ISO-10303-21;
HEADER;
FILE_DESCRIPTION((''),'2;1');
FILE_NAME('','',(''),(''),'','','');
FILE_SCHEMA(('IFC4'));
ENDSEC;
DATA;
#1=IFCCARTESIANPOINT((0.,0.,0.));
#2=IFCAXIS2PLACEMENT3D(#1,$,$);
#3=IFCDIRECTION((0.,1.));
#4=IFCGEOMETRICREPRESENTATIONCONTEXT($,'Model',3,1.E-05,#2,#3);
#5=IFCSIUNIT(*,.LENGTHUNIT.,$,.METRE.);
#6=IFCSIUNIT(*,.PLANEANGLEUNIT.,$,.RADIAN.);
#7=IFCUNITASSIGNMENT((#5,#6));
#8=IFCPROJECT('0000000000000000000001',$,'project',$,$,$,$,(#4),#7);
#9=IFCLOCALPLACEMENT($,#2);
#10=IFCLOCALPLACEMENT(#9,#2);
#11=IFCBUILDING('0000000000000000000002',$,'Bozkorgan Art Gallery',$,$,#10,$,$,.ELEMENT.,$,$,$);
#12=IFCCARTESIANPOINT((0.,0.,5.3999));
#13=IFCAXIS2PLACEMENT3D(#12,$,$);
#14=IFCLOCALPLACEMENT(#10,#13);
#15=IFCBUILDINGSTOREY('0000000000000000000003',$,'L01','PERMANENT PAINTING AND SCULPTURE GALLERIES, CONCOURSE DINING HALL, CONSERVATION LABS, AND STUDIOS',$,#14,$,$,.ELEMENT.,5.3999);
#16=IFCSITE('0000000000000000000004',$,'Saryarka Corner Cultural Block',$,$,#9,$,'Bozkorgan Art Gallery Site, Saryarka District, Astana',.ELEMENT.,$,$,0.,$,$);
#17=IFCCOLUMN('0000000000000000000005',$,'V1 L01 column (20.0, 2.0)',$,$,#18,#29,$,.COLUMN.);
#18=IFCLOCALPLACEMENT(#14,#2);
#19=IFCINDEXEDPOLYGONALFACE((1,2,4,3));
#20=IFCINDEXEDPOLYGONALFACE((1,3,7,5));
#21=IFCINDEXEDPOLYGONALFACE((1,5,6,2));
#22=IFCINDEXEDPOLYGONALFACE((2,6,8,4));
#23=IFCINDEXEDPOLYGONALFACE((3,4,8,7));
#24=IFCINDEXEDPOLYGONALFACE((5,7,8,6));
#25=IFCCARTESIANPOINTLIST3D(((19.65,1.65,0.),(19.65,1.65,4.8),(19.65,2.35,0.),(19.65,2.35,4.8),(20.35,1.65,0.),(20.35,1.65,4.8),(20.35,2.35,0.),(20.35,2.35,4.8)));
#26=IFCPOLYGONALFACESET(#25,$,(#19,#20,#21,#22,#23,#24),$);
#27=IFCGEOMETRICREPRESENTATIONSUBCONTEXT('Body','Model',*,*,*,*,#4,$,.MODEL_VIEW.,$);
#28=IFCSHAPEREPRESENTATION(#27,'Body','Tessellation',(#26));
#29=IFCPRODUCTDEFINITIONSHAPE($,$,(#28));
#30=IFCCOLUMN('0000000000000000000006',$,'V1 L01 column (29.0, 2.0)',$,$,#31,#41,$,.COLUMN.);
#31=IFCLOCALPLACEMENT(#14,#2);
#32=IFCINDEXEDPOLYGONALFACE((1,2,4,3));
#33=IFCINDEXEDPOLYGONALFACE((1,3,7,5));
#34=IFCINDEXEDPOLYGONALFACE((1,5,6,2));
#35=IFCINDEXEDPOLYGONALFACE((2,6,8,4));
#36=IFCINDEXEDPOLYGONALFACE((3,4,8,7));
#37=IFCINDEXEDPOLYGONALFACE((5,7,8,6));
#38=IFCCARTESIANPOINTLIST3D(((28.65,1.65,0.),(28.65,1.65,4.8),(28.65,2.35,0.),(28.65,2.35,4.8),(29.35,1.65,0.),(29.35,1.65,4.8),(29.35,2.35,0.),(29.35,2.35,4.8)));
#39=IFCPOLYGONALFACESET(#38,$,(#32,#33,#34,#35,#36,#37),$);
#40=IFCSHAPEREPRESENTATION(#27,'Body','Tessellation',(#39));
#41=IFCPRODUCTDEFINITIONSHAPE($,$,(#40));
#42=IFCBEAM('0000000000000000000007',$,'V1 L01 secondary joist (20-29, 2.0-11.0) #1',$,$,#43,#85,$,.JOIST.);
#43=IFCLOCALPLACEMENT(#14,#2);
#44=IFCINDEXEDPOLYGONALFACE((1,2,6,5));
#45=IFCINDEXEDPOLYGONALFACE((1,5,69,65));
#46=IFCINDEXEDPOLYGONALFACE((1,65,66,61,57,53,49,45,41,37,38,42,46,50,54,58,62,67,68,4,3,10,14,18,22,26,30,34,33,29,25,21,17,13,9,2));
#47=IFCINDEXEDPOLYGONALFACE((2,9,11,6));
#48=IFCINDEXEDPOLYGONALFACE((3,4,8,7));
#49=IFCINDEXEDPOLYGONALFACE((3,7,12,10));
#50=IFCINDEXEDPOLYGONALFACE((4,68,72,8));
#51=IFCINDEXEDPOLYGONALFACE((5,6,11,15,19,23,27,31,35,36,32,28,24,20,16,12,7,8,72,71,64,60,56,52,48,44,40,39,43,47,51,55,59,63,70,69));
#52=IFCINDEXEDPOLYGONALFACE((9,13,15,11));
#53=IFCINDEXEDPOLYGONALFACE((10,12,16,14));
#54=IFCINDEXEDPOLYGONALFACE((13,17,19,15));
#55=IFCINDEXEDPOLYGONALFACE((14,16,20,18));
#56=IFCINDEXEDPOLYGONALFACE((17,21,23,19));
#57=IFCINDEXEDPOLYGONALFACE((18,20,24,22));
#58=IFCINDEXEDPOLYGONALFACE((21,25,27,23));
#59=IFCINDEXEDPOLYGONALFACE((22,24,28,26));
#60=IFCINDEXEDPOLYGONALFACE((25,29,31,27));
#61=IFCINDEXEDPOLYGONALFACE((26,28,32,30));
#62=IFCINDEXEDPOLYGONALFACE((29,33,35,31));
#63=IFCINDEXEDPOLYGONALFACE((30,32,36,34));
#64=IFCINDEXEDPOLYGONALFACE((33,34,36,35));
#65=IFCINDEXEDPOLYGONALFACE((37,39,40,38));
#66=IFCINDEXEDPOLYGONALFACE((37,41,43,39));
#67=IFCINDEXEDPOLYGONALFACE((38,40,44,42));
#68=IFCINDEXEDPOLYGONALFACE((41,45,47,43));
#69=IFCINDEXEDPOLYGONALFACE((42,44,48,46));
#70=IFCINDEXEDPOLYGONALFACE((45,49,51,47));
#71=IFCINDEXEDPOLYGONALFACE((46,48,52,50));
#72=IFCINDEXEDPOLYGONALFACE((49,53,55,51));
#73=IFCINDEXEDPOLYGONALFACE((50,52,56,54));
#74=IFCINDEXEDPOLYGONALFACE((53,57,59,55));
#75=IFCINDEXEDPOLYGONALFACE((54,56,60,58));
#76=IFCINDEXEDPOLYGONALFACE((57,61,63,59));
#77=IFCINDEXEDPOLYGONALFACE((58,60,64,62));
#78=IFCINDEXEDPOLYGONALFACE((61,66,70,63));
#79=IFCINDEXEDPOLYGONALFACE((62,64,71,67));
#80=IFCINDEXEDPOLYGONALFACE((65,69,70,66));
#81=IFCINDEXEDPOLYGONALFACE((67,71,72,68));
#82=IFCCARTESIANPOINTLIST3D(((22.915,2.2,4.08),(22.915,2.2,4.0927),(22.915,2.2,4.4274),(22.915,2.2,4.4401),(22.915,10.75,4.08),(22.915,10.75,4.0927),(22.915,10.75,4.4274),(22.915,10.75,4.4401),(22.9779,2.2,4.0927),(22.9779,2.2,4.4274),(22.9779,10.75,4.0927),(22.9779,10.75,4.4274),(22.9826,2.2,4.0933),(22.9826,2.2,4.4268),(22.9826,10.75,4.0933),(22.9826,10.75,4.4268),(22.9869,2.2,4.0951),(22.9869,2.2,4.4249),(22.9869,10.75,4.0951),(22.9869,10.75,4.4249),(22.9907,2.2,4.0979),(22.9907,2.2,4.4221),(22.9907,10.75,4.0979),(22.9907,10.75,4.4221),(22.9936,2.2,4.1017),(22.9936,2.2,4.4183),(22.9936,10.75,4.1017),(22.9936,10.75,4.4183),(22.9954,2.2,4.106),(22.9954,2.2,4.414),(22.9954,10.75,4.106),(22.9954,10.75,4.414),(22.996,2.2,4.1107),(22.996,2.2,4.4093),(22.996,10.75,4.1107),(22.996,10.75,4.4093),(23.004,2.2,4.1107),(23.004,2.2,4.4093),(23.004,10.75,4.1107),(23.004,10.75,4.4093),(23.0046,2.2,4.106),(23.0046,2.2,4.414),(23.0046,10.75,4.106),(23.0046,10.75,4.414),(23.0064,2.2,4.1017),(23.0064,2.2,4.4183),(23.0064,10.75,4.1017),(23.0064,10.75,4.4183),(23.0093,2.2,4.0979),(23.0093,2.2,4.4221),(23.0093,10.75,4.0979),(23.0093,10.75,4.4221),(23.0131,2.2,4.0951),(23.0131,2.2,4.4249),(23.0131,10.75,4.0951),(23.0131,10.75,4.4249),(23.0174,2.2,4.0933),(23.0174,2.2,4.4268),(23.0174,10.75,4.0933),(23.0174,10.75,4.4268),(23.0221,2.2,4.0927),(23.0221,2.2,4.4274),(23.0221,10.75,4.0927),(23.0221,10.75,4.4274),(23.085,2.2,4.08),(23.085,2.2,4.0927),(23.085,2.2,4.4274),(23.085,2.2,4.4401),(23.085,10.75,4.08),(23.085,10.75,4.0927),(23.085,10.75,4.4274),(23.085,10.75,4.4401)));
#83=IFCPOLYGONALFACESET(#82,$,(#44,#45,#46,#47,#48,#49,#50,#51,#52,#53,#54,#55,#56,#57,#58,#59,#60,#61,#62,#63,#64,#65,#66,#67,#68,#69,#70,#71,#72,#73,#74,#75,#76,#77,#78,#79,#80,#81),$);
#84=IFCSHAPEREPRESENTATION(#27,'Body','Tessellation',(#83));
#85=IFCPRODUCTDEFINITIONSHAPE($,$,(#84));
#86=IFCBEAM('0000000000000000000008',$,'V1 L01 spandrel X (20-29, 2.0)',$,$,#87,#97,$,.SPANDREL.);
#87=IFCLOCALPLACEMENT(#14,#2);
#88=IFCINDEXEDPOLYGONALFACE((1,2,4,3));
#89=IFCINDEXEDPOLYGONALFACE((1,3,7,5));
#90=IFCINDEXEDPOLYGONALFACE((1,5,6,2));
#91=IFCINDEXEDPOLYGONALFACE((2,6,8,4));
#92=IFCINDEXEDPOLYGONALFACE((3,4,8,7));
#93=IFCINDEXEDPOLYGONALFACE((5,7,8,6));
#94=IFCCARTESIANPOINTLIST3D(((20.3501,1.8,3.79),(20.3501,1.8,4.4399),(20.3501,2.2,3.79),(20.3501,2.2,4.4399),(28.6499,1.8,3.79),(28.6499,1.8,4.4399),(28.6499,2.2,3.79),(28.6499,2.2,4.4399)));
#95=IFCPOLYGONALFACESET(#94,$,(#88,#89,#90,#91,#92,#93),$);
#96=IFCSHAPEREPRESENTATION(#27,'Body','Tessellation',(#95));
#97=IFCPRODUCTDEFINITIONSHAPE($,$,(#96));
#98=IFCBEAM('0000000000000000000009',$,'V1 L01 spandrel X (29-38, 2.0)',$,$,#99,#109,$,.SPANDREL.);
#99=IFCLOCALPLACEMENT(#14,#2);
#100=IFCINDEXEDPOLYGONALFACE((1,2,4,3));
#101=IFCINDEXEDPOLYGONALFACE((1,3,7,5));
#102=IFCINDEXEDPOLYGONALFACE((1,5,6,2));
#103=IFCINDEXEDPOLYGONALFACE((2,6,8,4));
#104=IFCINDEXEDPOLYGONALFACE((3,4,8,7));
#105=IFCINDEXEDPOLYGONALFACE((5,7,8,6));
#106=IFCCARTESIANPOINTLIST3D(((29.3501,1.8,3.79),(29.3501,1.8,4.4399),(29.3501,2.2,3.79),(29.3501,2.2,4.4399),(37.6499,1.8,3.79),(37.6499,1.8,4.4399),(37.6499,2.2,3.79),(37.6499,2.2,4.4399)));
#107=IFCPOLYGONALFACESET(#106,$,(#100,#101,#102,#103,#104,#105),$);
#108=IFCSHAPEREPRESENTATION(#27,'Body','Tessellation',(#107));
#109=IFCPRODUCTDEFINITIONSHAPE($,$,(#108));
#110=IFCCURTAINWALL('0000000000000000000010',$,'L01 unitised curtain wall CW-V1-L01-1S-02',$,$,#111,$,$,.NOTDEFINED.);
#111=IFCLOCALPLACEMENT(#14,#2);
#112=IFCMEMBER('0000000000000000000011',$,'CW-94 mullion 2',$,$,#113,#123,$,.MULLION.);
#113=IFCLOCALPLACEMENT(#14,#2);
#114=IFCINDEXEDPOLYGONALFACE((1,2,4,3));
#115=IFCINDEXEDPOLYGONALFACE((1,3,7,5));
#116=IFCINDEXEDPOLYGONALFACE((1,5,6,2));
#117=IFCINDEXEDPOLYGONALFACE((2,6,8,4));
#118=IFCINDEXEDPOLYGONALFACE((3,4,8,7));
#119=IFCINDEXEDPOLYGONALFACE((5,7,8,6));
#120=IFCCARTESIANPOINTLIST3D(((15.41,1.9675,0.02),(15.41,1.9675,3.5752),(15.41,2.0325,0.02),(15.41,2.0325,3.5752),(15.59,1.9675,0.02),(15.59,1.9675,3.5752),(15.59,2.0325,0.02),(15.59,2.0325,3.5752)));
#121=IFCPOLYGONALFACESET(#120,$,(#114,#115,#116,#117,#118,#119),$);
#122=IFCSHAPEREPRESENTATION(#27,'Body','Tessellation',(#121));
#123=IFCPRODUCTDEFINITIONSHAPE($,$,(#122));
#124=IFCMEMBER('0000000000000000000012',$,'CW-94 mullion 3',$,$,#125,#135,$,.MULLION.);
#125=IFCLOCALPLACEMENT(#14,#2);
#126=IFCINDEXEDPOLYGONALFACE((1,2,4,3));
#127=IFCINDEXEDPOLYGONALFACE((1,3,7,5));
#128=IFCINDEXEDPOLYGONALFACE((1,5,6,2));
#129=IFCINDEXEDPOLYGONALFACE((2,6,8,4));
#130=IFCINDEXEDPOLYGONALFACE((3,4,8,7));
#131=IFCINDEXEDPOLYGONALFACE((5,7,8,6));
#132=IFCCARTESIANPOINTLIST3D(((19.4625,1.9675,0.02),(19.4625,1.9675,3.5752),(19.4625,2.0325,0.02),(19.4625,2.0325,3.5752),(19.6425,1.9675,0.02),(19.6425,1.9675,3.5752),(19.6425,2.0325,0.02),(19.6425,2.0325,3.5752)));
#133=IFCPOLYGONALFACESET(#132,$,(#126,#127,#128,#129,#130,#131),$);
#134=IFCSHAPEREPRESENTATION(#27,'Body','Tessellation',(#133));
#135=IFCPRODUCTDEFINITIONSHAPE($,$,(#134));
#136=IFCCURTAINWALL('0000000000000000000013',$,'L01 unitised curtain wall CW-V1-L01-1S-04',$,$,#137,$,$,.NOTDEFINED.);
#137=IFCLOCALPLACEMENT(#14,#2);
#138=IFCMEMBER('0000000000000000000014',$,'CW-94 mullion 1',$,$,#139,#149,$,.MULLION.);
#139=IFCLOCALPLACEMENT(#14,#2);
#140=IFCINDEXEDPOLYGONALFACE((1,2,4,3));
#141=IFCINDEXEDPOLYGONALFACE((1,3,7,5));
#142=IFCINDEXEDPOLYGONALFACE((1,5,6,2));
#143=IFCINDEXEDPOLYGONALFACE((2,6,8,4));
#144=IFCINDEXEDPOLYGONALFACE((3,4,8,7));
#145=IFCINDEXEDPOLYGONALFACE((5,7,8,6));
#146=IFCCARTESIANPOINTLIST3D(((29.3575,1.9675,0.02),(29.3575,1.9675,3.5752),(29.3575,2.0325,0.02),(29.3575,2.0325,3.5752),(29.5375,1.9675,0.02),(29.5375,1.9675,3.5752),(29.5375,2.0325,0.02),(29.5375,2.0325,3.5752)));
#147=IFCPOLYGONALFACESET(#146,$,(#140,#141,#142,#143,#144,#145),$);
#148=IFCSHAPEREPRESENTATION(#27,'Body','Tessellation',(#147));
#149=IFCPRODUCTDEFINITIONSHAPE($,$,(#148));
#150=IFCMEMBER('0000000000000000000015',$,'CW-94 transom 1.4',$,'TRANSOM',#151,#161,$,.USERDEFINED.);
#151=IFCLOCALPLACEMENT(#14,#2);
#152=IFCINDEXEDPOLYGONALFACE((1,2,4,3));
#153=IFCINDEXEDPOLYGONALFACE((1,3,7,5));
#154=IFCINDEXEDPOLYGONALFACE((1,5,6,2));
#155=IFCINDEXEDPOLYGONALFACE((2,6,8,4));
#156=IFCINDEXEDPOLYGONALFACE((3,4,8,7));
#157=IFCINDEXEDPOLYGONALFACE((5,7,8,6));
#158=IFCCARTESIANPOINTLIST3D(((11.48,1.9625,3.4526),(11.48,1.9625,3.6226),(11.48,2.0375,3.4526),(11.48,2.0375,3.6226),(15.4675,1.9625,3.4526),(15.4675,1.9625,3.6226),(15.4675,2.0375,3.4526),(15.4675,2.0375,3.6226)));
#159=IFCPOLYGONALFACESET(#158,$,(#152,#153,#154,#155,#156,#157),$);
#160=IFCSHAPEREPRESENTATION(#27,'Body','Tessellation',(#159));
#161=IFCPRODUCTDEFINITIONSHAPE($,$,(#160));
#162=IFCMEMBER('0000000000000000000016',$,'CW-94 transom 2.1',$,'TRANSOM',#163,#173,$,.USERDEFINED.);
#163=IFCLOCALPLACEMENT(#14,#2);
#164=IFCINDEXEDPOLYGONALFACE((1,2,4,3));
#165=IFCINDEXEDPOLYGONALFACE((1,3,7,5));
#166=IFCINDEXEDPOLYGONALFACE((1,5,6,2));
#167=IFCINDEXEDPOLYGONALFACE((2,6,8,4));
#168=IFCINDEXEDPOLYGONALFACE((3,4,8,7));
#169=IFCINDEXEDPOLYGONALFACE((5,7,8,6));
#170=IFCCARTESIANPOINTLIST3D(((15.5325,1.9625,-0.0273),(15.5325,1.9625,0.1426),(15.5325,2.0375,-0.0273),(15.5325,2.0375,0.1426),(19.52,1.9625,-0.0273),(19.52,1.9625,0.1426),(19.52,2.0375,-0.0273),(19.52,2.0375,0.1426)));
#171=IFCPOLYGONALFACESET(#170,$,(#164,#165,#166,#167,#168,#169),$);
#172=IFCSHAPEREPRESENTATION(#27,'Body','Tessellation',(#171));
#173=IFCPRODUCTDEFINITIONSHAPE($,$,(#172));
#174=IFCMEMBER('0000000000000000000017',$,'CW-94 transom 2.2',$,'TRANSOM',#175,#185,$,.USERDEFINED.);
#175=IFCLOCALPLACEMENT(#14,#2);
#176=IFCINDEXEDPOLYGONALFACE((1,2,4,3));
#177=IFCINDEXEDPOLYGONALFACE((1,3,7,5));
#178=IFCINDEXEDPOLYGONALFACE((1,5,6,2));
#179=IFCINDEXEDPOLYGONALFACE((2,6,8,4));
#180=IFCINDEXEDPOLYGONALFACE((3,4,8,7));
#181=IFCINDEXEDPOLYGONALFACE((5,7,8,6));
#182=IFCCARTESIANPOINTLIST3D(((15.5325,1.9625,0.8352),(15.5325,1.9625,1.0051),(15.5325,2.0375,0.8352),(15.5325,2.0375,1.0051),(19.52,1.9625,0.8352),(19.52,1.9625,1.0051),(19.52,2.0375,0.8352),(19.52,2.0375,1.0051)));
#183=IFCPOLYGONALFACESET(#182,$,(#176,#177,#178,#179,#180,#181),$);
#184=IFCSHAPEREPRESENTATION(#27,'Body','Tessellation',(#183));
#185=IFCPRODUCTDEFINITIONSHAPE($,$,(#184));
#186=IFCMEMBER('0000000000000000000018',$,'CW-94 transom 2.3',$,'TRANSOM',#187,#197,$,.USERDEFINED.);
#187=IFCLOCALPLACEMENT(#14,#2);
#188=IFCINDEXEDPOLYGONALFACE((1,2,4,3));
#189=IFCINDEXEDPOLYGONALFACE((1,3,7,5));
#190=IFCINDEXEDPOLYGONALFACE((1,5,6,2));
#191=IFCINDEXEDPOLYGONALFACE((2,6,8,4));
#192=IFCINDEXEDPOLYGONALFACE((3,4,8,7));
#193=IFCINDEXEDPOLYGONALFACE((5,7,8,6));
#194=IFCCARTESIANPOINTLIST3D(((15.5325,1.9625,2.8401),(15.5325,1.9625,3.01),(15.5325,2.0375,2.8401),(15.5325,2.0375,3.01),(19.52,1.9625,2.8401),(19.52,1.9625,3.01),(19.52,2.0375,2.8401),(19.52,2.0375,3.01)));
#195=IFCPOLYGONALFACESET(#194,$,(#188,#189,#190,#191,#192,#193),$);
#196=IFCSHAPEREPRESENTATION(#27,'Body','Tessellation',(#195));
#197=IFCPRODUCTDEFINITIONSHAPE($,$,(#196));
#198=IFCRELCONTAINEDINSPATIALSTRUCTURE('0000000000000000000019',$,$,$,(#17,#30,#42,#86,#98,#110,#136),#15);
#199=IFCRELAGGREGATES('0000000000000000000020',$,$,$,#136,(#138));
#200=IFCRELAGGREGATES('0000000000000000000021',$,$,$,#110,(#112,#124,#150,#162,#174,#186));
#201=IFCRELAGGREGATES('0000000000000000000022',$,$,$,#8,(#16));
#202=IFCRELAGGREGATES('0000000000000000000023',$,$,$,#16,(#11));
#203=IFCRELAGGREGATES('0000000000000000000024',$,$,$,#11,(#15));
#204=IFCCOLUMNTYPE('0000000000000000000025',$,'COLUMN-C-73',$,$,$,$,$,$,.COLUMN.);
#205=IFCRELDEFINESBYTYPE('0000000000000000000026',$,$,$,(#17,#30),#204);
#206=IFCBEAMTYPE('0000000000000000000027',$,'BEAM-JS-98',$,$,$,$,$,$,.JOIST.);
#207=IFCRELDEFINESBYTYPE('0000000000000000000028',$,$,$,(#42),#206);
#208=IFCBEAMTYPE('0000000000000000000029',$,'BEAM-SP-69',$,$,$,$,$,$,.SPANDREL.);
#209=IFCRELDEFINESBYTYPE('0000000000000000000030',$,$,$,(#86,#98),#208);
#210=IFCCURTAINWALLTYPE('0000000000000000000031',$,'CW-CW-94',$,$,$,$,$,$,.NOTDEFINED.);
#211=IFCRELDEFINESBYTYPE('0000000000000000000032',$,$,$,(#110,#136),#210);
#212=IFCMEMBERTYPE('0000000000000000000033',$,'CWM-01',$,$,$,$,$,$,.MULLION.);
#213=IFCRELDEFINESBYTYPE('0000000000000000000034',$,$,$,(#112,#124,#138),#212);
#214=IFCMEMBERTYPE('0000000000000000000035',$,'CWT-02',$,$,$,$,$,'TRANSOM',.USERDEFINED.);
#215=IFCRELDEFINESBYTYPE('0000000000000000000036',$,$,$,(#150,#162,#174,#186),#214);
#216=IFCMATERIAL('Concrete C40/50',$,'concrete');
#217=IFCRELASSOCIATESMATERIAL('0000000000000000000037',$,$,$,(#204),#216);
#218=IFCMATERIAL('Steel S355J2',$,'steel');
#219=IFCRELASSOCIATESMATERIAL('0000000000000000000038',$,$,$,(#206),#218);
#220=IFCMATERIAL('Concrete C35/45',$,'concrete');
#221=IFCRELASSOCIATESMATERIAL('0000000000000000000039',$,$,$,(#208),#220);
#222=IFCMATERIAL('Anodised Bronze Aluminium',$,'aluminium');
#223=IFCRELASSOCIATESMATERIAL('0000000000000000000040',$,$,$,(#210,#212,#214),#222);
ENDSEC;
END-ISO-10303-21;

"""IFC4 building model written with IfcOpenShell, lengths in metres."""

from ifc_helpers import new_model, si_unit, direction, frame, origin, origin_2d, place, context, subcontext, project, spatial, rectangle, i_section, extrude, material, material_profile, profile_set, type_object, element, aggregate, save


model = new_model("IFC4")

# Units and contexts
model_context = context("Model", 3, precision=1e-05, world=origin(), true_north=direction((0.0, 1.0)))
body_context = subcontext(model_context, "Body", "Model", "MODEL_VIEW")
ifc_project = project(units=[si_unit("LENGTHUNIT", "METRE"), si_unit("PLANEANGLEUNIT", "RADIAN")], contexts=[model_context])

# Site, building, storey
site_placement = place(None, origin())
site = spatial("IfcSite", under=ifc_project, at=site_placement, Name="Saryarka Corner Cultural Block", LongName="Bozkorgan Art Gallery Site, Saryarka District, Astana", CompositionType="ELEMENT", RefElevation=0.0)
building_placement = place(site_placement, origin())
building = spatial("IfcBuilding", under=site, at=building_placement, Name="Bozkorgan Art Gallery", CompositionType="ELEMENT")
storey_placement = place(building_placement, frame((0.0, 0.0, 5.3999)))
storey = spatial("IfcBuildingStorey", under=building, at=storey_placement, Name="L01", Description="PERMANENT PAINTING AND SCULPTURE GALLERIES, CONCOURSE DINING HALL, CONSERVATION LABS, AND STUDIOS", CompositionType="ELEMENT", Elevation=5.3999)

# Columns
ifc_material_1 = material(Name="Concrete C40/50", Category="concrete")
ifc_material_profile_1 = material_profile(ifc_material_1, rectangle(XDim=0.7, YDim=0.7, at=origin_2d()), Name="RC 700x700")
ifc_profile_set_1 = profile_set([ifc_material_profile_1], Name="Concrete C40/50")
column_type = type_object("IfcColumnType", Name="COLUMN-C-73", PredefinedType="COLUMN", material=ifc_profile_set_1)
for number, where, z_axis, x_axis, name in (
    (1, (20.0, 2.0, 0.0), (0.0, 0.0, 1.0), (1.0, 0.0, 0.0), "V1 L01 column (20.0, 2.0)"),
    (2, (29.0, 2.0, 0.0), (0.0, 0.0, 1.0), (1.0, 0.0, 0.0), "V1 L01 column (29.0, 2.0)"),
):
    element("IfcColumn", number, at=place(storey_placement, frame(where, z_axis=z_axis, x_axis=x_axis)), inside=storey, type_object=column_type, Name=name, PredefinedType="COLUMN", context=body_context, shape_type="SweptSolid", body=[
        extrude(rectangle(XDim=0.7, YDim=0.7, at=origin_2d()), origin(), (0.0, 0.0, 1.0), 4.8),
    ])

# Beams
ifc_material_2 = material(Name="Steel S355J2", Category="steel")
ifc_material_profile_2 = material_profile(ifc_material_2, i_section(OverallWidth=0.1699, OverallDepth=0.3601, WebThickness=0.0081, FlangeThickness=0.0127, FilletRadius=0.0181, at=origin_2d()), Name="IPE 360")
ifc_profile_set_2 = profile_set([ifc_material_profile_2], Name="Steel S355J2")
beam_type_1 = type_object("IfcBeamType", Name="BEAM-JS-98", PredefinedType="JOIST", material=ifc_profile_set_2)
beam_placement = place(storey_placement, frame((23.0, 2.2, 4.26), z_axis=(0.0, 1.0, 0.0), x_axis=(-1.0, 0.0, 0.0)))
element("IfcBeam", 3, at=beam_placement, inside=storey, type_object=beam_type_1, Name="V1 L01 secondary joist (20-29, 2.0-11.0) #1", PredefinedType="JOIST", context=body_context, shape_type="SweptSolid", body=[
    extrude(i_section(OverallWidth=0.1699, OverallDepth=0.3601, WebThickness=0.0081, FlangeThickness=0.0127, FilletRadius=0.0181, at=origin_2d()), origin(), (0.0, 0.0, 1.0), 8.55),
])
ifc_material_3 = material(Name="Concrete C35/45", Category="concrete")
ifc_material_profile_3 = material_profile(ifc_material_3, rectangle(XDim=0.3999, YDim=0.6499, at=origin_2d()), Name="RC 400x650")
ifc_profile_set_3 = profile_set([ifc_material_profile_3], Name="Concrete C35/45")
beam_type_2 = type_object("IfcBeamType", Name="BEAM-SP-69", PredefinedType="SPANDREL", material=ifc_profile_set_3)
for number, where, z_axis, x_axis, name in (
    (4, (20.3501, 2.0, 4.115), (1.0, 0.0, 0.0), (0.0, 1.0, 0.0), "V1 L01 spandrel X (20-29, 2.0)"),
    (5, (29.3501, 2.0, 4.115), (1.0, 0.0, 0.0), (0.0, 1.0, 0.0), "V1 L01 spandrel X (29-38, 2.0)"),
):
    element("IfcBeam", number, at=place(storey_placement, frame(where, z_axis=z_axis, x_axis=x_axis)), inside=storey, type_object=beam_type_2, Name=name, PredefinedType="SPANDREL", context=body_context, shape_type="SweptSolid", body=[
        extrude(rectangle(XDim=0.3999, YDim=0.6499, at=origin_2d()), origin(), (0.0, 0.0, 1.0), 8.2998),
    ])

# Curtain wall, members
ifc_material_4 = material(Name="Anodised Bronze Aluminium", Category="aluminium")
curtain_wall_type = type_object("IfcCurtainWallType", Name="CW-CW-94", PredefinedType="NOTDEFINED", material=ifc_material_4)
curtain_wall_1_placement = place(storey_placement, origin())
curtain_wall_1 = element("IfcCurtainWall", 6, at=curtain_wall_1_placement, inside=storey, type_object=curtain_wall_type, Name="L01 unitised curtain wall CW-V1-L01-1S-02", PredefinedType="NOTDEFINED")
ifc_material_profile_4 = material_profile(ifc_material_4, rectangle(XDim=0.0649, YDim=0.1799, at=origin_2d()), Name="ALU MULLION 65x180")
ifc_profile_set_4 = profile_set([ifc_material_profile_4], Name="Anodised Bronze Aluminium")
member_type_1 = type_object("IfcMemberType", Name="CWM-01", PredefinedType="MULLION", material=ifc_profile_set_4)
member_1_placement = place(storey_placement, frame((15.5, 2.0, 0.02), z_axis=(0.0, 0.0, 1.0), x_axis=(0.0, 1.0, 0.0)))
member_1 = element("IfcMember", 7, at=member_1_placement, type_object=member_type_1, Name="CW-94 mullion 2", PredefinedType="MULLION", context=body_context, shape_type="SweptSolid", body=[
    extrude(rectangle(XDim=0.0649, YDim=0.1799, at=origin_2d()), origin(), (0.0, 0.0, 1.0), 3.5552),
])
member_2_placement = place(storey_placement, frame((19.5525, 2.0, 0.02), z_axis=(0.0, 0.0, 1.0), x_axis=(0.0, 1.0, 0.0)))
member_2 = element("IfcMember", 8, at=member_2_placement, type_object=member_type_1, Name="CW-94 mullion 3", PredefinedType="MULLION", context=body_context, shape_type="SweptSolid", body=[
    extrude(rectangle(XDim=0.0649, YDim=0.1799, at=origin_2d()), origin(), (0.0, 0.0, 1.0), 3.5552),
])

# Curtain wall, member
curtain_wall_2_placement = place(storey_placement, origin())
curtain_wall_2 = element("IfcCurtainWall", 9, at=curtain_wall_2_placement, inside=storey, type_object=curtain_wall_type, Name="L01 unitised curtain wall CW-V1-L01-1S-04", PredefinedType="NOTDEFINED")
member_3_placement = place(storey_placement, frame((29.4475, 2.0, 0.02), z_axis=(0.0, 0.0, 1.0), x_axis=(0.0, 1.0, 0.0)))
member_3 = element("IfcMember", 10, at=member_3_placement, type_object=member_type_1, Name="CW-94 mullion 1", PredefinedType="MULLION", context=body_context, shape_type="SweptSolid", body=[
    extrude(rectangle(XDim=0.0649, YDim=0.1799, at=origin_2d()), origin(), (0.0, 0.0, 1.0), 3.5552),
])
aggregate(curtain_wall_2, [member_3])

# Members
ifc_material_profile_5 = material_profile(ifc_material_4, rectangle(XDim=0.075, YDim=0.1699, at=origin_2d()), Name="ALU TRANSOM 75x170")
ifc_profile_set_5 = profile_set([ifc_material_profile_5], Name="Anodised Bronze Aluminium")
member_type_2 = type_object("IfcMemberType", Name="CWT-02", ElementType="TRANSOM", PredefinedType="USERDEFINED", material=ifc_profile_set_5)
member_4_placement = place(storey_placement, frame((11.48, 2.0, 3.5376), z_axis=(1.0, 0.0, 0.0), x_axis=(0.0, 1.0, 0.0)))
member_4 = element("IfcMember", 11, at=member_4_placement, type_object=member_type_2, Name="CW-94 transom 1.4", ObjectType="TRANSOM", PredefinedType="USERDEFINED", context=body_context, shape_type="SweptSolid", body=[
    extrude(rectangle(XDim=0.075, YDim=0.1699, at=origin_2d()), origin(), (0.0, 0.0, 1.0), 3.9875),
])
member_5_placement = place(storey_placement, frame((15.5325, 2.0, 0.0576), z_axis=(1.0, 0.0, 0.0), x_axis=(0.0, 1.0, 0.0)))
member_5 = element("IfcMember", 12, at=member_5_placement, type_object=member_type_2, Name="CW-94 transom 2.1", ObjectType="TRANSOM", PredefinedType="USERDEFINED", context=body_context, shape_type="SweptSolid", body=[
    extrude(rectangle(XDim=0.075, YDim=0.1699, at=origin_2d()), origin(), (0.0, 0.0, 1.0), 3.9875),
])
member_6_placement = place(storey_placement, frame((15.5325, 2.0, 0.9202), z_axis=(1.0, 0.0, 0.0), x_axis=(0.0, 1.0, 0.0)))
member_6 = element("IfcMember", 13, at=member_6_placement, type_object=member_type_2, Name="CW-94 transom 2.2", ObjectType="TRANSOM", PredefinedType="USERDEFINED", context=body_context, shape_type="SweptSolid", body=[
    extrude(rectangle(XDim=0.075, YDim=0.1699, at=origin_2d()), origin(), (0.0, 0.0, 1.0), 3.9875),
])
member_7_placement = place(storey_placement, frame((15.5325, 2.0, 2.925), z_axis=(1.0, 0.0, 0.0), x_axis=(0.0, 1.0, 0.0)))
member_7 = element("IfcMember", 14, at=member_7_placement, type_object=member_type_2, Name="CW-94 transom 2.3", ObjectType="TRANSOM", PredefinedType="USERDEFINED", context=body_context, shape_type="SweptSolid", body=[
    extrude(rectangle(XDim=0.075, YDim=0.1699, at=origin_2d()), origin(), (0.0, 0.0, 1.0), 3.9875),
])

aggregate(curtain_wall_1, [member_1, member_2, member_4, member_5, member_6, member_7])

save(model, "model.ifc")
